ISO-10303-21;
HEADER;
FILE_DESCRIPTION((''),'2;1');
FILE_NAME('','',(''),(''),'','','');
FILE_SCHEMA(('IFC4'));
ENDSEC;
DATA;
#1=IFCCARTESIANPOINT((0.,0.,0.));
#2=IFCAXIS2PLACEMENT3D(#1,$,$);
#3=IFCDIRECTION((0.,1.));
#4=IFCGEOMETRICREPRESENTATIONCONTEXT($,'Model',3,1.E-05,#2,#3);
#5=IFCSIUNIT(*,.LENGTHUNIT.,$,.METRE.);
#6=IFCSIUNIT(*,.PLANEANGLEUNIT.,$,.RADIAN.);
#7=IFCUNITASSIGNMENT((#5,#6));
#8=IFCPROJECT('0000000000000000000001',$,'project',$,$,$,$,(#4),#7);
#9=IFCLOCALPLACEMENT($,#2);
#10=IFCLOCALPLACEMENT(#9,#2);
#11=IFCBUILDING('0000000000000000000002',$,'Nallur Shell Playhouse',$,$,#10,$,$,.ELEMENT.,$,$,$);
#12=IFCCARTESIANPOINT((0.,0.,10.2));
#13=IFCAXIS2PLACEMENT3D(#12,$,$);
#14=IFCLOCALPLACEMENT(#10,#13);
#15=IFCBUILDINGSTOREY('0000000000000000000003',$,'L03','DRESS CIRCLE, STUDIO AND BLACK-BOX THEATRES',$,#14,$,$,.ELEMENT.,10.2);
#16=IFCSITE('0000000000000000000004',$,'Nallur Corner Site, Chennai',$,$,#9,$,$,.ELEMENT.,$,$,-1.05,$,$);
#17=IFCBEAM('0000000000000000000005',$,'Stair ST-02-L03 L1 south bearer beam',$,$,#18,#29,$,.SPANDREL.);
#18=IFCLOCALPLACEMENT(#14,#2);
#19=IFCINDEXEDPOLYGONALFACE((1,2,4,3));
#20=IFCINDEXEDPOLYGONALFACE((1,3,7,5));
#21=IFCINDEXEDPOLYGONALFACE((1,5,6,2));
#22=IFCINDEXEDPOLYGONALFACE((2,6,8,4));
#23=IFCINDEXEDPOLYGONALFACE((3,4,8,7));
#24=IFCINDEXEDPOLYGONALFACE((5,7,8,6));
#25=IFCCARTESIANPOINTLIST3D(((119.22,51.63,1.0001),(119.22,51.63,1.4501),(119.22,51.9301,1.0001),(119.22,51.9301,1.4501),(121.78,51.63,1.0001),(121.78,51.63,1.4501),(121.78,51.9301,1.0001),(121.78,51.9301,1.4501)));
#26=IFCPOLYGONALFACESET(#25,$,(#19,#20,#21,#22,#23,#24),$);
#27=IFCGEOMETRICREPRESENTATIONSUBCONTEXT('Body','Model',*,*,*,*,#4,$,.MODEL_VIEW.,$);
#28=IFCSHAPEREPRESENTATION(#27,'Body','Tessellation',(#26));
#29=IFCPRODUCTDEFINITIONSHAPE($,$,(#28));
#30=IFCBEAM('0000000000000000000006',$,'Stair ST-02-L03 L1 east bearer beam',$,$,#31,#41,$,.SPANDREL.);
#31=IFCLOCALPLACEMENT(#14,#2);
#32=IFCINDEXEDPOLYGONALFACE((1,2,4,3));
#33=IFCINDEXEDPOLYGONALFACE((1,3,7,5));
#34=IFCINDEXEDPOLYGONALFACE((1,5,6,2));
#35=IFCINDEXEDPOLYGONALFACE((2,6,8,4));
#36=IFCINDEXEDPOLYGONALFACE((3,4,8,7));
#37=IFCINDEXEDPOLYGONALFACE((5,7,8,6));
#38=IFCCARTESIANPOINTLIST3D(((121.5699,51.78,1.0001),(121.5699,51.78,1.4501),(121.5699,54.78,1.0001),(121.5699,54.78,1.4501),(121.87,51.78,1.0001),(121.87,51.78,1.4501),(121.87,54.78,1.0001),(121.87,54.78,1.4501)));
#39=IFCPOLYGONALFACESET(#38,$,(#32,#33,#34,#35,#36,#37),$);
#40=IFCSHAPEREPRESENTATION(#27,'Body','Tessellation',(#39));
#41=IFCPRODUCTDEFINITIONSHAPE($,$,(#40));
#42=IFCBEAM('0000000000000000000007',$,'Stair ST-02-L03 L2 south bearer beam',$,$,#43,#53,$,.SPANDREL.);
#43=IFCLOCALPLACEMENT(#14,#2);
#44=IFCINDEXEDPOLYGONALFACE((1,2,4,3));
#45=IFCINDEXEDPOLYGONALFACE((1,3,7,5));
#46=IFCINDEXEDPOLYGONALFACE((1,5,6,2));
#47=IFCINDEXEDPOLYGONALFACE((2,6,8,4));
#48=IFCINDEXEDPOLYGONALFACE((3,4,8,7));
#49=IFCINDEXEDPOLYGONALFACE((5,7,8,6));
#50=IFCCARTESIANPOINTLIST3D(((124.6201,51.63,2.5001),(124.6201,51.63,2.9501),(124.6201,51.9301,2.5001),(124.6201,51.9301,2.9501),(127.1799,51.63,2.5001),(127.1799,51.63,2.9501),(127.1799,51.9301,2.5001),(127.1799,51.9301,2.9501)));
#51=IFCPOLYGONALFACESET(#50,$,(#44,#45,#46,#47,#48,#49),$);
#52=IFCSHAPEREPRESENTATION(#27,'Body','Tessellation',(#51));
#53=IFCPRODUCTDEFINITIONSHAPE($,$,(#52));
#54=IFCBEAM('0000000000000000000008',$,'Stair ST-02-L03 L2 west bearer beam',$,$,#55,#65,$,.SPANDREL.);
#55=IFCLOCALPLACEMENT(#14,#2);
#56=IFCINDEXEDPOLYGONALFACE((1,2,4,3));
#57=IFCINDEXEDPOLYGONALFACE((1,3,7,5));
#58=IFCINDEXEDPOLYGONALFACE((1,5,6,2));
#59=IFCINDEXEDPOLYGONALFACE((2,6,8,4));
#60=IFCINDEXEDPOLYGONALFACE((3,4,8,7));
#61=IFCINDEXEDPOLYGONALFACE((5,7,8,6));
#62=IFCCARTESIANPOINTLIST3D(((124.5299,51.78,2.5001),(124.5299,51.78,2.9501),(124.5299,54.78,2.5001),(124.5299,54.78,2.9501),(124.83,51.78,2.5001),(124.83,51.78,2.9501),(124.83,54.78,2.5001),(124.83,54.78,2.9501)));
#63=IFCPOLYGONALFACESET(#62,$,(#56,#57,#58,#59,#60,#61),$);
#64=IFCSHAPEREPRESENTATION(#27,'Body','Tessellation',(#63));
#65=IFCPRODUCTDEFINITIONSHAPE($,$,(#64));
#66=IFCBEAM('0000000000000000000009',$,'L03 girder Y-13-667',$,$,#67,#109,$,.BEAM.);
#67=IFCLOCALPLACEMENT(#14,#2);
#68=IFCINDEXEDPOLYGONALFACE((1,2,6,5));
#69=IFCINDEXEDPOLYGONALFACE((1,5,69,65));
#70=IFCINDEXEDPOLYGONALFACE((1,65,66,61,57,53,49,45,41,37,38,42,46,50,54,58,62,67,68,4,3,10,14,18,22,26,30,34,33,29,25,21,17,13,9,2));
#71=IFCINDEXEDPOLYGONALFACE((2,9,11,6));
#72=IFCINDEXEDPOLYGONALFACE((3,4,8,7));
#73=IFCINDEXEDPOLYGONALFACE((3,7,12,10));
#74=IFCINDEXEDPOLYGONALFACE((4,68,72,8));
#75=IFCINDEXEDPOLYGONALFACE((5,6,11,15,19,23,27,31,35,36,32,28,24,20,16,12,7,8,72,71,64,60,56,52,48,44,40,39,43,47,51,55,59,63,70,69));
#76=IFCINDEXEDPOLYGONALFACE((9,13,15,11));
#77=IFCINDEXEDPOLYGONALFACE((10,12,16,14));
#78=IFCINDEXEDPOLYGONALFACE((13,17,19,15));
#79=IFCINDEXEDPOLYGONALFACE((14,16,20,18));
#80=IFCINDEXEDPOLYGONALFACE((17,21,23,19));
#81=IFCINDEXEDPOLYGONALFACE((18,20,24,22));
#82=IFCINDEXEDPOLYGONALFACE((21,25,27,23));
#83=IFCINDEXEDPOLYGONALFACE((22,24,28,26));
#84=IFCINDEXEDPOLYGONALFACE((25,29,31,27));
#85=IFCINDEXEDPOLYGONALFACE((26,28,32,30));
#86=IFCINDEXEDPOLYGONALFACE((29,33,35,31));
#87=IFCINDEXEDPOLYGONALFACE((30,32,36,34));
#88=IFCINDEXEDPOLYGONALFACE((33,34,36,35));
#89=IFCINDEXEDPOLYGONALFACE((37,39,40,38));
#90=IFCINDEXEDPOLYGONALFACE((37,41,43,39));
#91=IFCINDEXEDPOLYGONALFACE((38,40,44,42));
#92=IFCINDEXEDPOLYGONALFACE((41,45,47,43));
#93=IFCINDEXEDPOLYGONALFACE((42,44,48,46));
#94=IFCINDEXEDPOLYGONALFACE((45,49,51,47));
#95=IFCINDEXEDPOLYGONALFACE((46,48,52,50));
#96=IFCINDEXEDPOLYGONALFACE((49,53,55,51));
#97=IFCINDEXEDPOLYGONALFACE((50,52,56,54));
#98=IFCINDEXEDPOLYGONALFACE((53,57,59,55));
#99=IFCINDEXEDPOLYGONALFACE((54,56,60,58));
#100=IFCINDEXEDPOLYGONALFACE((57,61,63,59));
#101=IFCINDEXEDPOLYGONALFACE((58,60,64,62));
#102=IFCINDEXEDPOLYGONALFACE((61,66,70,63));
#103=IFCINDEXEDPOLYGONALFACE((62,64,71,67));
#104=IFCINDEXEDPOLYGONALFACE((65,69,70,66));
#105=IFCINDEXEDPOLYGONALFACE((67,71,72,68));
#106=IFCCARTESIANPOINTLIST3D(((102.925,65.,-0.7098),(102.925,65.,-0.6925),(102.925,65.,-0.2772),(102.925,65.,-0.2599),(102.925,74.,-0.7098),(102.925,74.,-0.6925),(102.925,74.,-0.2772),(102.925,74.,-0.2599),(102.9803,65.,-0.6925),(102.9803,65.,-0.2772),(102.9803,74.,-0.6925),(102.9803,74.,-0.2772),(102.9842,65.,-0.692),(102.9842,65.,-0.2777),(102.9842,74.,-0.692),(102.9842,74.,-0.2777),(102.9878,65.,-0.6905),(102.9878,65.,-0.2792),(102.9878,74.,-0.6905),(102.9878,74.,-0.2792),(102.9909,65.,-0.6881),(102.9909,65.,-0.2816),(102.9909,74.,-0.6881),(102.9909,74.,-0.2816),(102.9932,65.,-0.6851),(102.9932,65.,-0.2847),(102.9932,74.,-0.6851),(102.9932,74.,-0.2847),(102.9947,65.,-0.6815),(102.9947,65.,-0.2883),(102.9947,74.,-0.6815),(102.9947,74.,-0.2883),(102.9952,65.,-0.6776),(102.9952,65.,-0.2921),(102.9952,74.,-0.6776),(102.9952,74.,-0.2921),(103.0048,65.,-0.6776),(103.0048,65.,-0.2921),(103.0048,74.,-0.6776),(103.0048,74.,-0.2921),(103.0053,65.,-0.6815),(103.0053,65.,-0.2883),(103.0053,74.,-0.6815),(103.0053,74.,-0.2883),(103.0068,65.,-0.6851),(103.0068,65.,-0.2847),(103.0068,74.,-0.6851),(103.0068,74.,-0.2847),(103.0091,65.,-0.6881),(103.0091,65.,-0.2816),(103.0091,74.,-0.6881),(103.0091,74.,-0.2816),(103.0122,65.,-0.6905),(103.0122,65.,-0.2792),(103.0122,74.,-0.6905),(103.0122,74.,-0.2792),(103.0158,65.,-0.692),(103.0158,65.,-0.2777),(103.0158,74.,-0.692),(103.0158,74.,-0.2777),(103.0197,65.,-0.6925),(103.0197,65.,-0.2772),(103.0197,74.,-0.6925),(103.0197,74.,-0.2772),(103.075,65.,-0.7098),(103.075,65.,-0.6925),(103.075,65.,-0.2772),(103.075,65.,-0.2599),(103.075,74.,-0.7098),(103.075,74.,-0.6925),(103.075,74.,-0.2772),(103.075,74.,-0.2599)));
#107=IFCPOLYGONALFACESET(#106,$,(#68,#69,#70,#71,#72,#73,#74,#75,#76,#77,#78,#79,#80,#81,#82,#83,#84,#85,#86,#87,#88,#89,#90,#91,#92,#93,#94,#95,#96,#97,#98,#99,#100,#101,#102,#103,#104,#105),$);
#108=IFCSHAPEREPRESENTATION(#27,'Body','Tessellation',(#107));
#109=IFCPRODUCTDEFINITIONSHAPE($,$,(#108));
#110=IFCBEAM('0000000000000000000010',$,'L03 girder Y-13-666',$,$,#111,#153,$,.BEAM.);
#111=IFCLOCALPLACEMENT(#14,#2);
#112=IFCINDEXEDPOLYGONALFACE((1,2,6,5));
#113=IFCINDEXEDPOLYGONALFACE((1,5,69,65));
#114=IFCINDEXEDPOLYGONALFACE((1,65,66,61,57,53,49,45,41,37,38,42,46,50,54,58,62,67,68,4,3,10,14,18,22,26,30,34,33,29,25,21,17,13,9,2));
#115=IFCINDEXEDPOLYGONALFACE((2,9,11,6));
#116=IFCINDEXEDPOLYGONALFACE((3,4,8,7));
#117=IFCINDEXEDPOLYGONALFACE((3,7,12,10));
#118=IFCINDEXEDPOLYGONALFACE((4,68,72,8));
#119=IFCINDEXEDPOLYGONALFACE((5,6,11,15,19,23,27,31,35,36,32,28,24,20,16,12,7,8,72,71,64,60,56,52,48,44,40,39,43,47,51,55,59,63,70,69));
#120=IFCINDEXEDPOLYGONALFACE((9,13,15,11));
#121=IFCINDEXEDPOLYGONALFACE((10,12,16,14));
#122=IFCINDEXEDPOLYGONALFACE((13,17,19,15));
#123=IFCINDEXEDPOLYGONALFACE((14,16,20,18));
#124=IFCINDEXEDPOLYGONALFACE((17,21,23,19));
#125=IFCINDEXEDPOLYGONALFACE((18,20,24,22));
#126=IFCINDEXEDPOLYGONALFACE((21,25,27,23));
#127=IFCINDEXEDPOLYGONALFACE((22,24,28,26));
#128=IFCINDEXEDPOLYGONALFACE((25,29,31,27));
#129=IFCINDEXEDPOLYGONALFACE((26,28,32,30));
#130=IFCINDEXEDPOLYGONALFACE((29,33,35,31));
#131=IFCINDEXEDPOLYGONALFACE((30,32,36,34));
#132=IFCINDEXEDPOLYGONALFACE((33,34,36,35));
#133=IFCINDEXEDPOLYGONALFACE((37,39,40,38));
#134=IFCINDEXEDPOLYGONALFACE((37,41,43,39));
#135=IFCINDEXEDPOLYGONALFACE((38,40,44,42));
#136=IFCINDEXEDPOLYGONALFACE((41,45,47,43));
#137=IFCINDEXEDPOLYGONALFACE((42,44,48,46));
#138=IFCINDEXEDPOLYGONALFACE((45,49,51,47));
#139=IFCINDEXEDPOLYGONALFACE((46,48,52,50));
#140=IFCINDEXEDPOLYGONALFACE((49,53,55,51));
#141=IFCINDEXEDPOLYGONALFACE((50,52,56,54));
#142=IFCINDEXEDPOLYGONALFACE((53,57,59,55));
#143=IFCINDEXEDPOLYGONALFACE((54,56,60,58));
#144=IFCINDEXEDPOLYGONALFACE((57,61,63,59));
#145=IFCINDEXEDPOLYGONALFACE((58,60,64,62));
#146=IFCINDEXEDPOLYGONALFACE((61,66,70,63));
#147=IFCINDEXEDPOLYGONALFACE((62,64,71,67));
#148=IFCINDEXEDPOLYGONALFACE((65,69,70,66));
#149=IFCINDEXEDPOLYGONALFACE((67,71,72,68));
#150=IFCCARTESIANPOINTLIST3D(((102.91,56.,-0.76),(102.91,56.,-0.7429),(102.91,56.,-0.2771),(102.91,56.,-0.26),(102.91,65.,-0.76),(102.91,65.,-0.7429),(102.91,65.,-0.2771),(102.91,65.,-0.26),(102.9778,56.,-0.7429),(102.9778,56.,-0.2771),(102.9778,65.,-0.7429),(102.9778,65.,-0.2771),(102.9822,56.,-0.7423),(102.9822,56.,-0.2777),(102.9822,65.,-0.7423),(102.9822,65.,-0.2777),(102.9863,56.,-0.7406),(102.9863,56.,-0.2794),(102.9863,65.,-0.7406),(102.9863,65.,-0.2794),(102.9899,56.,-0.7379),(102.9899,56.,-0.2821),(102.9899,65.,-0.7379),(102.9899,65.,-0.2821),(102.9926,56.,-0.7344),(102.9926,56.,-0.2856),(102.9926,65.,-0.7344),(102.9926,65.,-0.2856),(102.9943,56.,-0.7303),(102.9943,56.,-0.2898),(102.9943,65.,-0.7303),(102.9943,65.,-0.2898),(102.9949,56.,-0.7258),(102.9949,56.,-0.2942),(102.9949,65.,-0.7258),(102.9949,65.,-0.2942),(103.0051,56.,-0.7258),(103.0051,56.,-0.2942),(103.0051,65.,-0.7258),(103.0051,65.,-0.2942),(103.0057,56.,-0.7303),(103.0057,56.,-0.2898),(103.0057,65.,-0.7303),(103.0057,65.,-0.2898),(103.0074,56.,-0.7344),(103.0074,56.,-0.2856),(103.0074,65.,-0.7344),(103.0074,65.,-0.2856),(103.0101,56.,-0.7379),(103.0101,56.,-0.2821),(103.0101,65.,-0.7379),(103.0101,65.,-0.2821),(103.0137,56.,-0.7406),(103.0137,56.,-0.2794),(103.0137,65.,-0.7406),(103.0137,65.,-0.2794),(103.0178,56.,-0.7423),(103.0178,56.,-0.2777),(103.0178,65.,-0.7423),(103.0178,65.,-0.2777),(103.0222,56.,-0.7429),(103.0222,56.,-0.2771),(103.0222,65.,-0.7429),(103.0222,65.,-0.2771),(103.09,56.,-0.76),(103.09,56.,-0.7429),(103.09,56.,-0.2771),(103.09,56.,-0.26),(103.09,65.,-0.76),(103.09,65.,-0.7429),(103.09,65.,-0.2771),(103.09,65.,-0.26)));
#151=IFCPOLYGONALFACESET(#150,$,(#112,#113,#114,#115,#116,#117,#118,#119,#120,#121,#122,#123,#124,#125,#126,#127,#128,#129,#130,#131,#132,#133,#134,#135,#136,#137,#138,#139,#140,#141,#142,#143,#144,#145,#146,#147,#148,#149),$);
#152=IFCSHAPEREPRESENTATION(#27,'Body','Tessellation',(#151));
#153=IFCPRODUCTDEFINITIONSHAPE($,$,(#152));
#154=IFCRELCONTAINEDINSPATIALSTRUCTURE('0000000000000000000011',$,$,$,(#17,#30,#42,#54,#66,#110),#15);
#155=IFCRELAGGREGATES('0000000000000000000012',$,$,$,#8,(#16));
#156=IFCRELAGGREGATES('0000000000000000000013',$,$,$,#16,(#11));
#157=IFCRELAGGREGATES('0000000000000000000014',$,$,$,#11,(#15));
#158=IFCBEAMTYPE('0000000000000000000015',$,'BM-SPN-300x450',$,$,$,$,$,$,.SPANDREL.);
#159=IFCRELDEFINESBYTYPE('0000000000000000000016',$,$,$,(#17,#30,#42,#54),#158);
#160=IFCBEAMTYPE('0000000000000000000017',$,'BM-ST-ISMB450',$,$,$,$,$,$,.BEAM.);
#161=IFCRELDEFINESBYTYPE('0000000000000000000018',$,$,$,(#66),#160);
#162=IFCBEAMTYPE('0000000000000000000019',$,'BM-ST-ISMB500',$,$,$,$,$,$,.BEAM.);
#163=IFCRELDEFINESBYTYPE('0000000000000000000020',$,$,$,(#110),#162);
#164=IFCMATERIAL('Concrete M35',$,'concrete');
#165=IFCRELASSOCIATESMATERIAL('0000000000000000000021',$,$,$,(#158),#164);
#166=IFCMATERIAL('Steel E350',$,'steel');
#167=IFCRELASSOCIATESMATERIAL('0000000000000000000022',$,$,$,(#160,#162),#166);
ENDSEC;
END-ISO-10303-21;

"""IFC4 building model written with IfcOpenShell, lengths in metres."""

from ifc_helpers import new_model, si_unit, direction, frame, origin, origin_2d, place, context, subcontext, project, spatial, rectangle, i_section, extrude, material, material_profile, profile_set, type_object, element, save


model = new_model("IFC4")

# Units and contexts
model_context = context("Model", 3, precision=1e-05, world=origin(), true_north=direction((0.0, 1.0)))
body_context = subcontext(model_context, "Body", "Model", "MODEL_VIEW")
ifc_project = project(units=[si_unit("LENGTHUNIT", "METRE"), si_unit("PLANEANGLEUNIT", "RADIAN")], contexts=[model_context])

# Site, building, storey
site_placement = place(None, origin())
site = spatial("IfcSite", under=ifc_project, at=site_placement, Name="Nallur Corner Site, Chennai", CompositionType="ELEMENT", RefElevation=-1.05)
building_placement = place(site_placement, origin())
building = spatial("IfcBuilding", under=site, at=building_placement, Name="Nallur Shell Playhouse", CompositionType="ELEMENT")
storey_placement = place(building_placement, frame((0.0, 0.0, 10.2)))
storey = spatial("IfcBuildingStorey", under=building, at=storey_placement, Name="L03", Description="DRESS CIRCLE, STUDIO AND BLACK-BOX THEATRES", CompositionType="ELEMENT", Elevation=10.2)

# Shared definitions
ifc_material_1 = material(Name="Steel E350", Category="steel")

# Beams
ifc_material_2 = material(Name="Concrete M35", Category="concrete")
ifc_material_profile_1 = material_profile(ifc_material_2, rectangle(XDim=0.3, YDim=0.45, at=origin_2d()), Name="RC 300x450")
ifc_profile_set_1 = profile_set([ifc_material_profile_1], Name="Concrete M35")
beam_type_1 = type_object("IfcBeamType", Name="BM-SPN-300x450", PredefinedType="SPANDREL", material=ifc_profile_set_1)
beam_1_placement = place(storey_placement, frame((119.22, 51.78, 1.2251), z_axis=(1.0, 0.0, 0.0), x_axis=(0.0, 1.0, 0.0)))
element("IfcBeam", 1, at=beam_1_placement, inside=storey, type_object=beam_type_1, Name="Stair ST-02-L03 L1 south bearer beam", PredefinedType="SPANDREL", context=body_context, shape_type="SweptSolid", body=[
    extrude(rectangle(XDim=0.3, YDim=0.45, at=origin_2d()), origin(), (0.0, 0.0, 1.0), 2.5601),
])
beam_2_placement = place(storey_placement, frame((121.72, 51.78, 1.2251), z_axis=(0.0, 1.0, 0.0), x_axis=(-1.0, 0.0, 0.0)))
element("IfcBeam", 2, at=beam_2_placement, inside=storey, type_object=beam_type_1, Name="Stair ST-02-L03 L1 east bearer beam", PredefinedType="SPANDREL", context=body_context, shape_type="SweptSolid", body=[
    extrude(rectangle(XDim=0.3, YDim=0.45, at=origin_2d()), origin(), (0.0, 0.0, 1.0), 3.0),
])
beam_3_placement = place(storey_placement, frame((124.6201, 51.78, 2.7251), z_axis=(1.0, 0.0, 0.0), x_axis=(0.0, 1.0, 0.0)))
element("IfcBeam", 3, at=beam_3_placement, inside=storey, type_object=beam_type_1, Name="Stair ST-02-L03 L2 south bearer beam", PredefinedType="SPANDREL", context=body_context, shape_type="SweptSolid", body=[
    extrude(rectangle(XDim=0.3, YDim=0.45, at=origin_2d()), origin(), (0.0, 0.0, 1.0), 2.5598),
])
beam_4_placement = place(storey_placement, frame((124.6799, 51.78, 2.7251), z_axis=(0.0, 1.0, 0.0), x_axis=(-1.0, 0.0, 0.0)))
element("IfcBeam", 4, at=beam_4_placement, inside=storey, type_object=beam_type_1, Name="Stair ST-02-L03 L2 west bearer beam", PredefinedType="SPANDREL", context=body_context, shape_type="SweptSolid", body=[
    extrude(rectangle(XDim=0.3, YDim=0.45, at=origin_2d()), origin(), (0.0, 0.0, 1.0), 3.0),
])
ifc_material_profile_2 = material_profile(ifc_material_1, i_section(OverallWidth=0.1499, OverallDepth=0.45, WebThickness=0.0095, FlangeThickness=0.0173, FilletRadius=0.0149, at=origin_2d()), Name="ISMB 450")
ifc_profile_set_2 = profile_set([ifc_material_profile_2], Name="Steel E350")
beam_type_2 = type_object("IfcBeamType", Name="BM-ST-ISMB450", PredefinedType="BEAM", material=ifc_profile_set_2)
beam_5_placement = place(storey_placement, frame((103.0, 65.0, -0.4849), z_axis=(0.0, 1.0, 0.0), x_axis=(-1.0, 0.0, 0.0)))
element("IfcBeam", 5, at=beam_5_placement, inside=storey, type_object=beam_type_2, Name="L03 girder Y-13-667", PredefinedType="BEAM", context=body_context, shape_type="SweptSolid", body=[
    extrude(i_section(OverallWidth=0.1499, OverallDepth=0.45, WebThickness=0.0095, FlangeThickness=0.0173, FilletRadius=0.0149, at=origin_2d()), origin(), (0.0, 0.0, 1.0), 9.0),
])
ifc_material_profile_3 = material_profile(ifc_material_1, i_section(OverallWidth=0.1799, OverallDepth=0.5, WebThickness=0.0103, FlangeThickness=0.0171, FilletRadius=0.0171, at=origin_2d()), Name="ISMB 500")
ifc_profile_set_3 = profile_set([ifc_material_profile_3], Name="Steel E350")
beam_type_3 = type_object("IfcBeamType", Name="BM-ST-ISMB500", PredefinedType="BEAM", material=ifc_profile_set_3)
beam_6_placement = place(storey_placement, frame((103.0, 56.0, -0.51), z_axis=(0.0, 1.0, 0.0), x_axis=(-1.0, 0.0, 0.0)))
element("IfcBeam", 6, at=beam_6_placement, inside=storey, type_object=beam_type_3, Name="L03 girder Y-13-666", PredefinedType="BEAM", context=body_context, shape_type="SweptSolid", body=[
    extrude(i_section(OverallWidth=0.1799, OverallDepth=0.5, WebThickness=0.0103, FlangeThickness=0.0171, FilletRadius=0.0171, at=origin_2d()), origin(), (0.0, 0.0, 1.0), 9.0),
])

save(model, "model.ifc")
